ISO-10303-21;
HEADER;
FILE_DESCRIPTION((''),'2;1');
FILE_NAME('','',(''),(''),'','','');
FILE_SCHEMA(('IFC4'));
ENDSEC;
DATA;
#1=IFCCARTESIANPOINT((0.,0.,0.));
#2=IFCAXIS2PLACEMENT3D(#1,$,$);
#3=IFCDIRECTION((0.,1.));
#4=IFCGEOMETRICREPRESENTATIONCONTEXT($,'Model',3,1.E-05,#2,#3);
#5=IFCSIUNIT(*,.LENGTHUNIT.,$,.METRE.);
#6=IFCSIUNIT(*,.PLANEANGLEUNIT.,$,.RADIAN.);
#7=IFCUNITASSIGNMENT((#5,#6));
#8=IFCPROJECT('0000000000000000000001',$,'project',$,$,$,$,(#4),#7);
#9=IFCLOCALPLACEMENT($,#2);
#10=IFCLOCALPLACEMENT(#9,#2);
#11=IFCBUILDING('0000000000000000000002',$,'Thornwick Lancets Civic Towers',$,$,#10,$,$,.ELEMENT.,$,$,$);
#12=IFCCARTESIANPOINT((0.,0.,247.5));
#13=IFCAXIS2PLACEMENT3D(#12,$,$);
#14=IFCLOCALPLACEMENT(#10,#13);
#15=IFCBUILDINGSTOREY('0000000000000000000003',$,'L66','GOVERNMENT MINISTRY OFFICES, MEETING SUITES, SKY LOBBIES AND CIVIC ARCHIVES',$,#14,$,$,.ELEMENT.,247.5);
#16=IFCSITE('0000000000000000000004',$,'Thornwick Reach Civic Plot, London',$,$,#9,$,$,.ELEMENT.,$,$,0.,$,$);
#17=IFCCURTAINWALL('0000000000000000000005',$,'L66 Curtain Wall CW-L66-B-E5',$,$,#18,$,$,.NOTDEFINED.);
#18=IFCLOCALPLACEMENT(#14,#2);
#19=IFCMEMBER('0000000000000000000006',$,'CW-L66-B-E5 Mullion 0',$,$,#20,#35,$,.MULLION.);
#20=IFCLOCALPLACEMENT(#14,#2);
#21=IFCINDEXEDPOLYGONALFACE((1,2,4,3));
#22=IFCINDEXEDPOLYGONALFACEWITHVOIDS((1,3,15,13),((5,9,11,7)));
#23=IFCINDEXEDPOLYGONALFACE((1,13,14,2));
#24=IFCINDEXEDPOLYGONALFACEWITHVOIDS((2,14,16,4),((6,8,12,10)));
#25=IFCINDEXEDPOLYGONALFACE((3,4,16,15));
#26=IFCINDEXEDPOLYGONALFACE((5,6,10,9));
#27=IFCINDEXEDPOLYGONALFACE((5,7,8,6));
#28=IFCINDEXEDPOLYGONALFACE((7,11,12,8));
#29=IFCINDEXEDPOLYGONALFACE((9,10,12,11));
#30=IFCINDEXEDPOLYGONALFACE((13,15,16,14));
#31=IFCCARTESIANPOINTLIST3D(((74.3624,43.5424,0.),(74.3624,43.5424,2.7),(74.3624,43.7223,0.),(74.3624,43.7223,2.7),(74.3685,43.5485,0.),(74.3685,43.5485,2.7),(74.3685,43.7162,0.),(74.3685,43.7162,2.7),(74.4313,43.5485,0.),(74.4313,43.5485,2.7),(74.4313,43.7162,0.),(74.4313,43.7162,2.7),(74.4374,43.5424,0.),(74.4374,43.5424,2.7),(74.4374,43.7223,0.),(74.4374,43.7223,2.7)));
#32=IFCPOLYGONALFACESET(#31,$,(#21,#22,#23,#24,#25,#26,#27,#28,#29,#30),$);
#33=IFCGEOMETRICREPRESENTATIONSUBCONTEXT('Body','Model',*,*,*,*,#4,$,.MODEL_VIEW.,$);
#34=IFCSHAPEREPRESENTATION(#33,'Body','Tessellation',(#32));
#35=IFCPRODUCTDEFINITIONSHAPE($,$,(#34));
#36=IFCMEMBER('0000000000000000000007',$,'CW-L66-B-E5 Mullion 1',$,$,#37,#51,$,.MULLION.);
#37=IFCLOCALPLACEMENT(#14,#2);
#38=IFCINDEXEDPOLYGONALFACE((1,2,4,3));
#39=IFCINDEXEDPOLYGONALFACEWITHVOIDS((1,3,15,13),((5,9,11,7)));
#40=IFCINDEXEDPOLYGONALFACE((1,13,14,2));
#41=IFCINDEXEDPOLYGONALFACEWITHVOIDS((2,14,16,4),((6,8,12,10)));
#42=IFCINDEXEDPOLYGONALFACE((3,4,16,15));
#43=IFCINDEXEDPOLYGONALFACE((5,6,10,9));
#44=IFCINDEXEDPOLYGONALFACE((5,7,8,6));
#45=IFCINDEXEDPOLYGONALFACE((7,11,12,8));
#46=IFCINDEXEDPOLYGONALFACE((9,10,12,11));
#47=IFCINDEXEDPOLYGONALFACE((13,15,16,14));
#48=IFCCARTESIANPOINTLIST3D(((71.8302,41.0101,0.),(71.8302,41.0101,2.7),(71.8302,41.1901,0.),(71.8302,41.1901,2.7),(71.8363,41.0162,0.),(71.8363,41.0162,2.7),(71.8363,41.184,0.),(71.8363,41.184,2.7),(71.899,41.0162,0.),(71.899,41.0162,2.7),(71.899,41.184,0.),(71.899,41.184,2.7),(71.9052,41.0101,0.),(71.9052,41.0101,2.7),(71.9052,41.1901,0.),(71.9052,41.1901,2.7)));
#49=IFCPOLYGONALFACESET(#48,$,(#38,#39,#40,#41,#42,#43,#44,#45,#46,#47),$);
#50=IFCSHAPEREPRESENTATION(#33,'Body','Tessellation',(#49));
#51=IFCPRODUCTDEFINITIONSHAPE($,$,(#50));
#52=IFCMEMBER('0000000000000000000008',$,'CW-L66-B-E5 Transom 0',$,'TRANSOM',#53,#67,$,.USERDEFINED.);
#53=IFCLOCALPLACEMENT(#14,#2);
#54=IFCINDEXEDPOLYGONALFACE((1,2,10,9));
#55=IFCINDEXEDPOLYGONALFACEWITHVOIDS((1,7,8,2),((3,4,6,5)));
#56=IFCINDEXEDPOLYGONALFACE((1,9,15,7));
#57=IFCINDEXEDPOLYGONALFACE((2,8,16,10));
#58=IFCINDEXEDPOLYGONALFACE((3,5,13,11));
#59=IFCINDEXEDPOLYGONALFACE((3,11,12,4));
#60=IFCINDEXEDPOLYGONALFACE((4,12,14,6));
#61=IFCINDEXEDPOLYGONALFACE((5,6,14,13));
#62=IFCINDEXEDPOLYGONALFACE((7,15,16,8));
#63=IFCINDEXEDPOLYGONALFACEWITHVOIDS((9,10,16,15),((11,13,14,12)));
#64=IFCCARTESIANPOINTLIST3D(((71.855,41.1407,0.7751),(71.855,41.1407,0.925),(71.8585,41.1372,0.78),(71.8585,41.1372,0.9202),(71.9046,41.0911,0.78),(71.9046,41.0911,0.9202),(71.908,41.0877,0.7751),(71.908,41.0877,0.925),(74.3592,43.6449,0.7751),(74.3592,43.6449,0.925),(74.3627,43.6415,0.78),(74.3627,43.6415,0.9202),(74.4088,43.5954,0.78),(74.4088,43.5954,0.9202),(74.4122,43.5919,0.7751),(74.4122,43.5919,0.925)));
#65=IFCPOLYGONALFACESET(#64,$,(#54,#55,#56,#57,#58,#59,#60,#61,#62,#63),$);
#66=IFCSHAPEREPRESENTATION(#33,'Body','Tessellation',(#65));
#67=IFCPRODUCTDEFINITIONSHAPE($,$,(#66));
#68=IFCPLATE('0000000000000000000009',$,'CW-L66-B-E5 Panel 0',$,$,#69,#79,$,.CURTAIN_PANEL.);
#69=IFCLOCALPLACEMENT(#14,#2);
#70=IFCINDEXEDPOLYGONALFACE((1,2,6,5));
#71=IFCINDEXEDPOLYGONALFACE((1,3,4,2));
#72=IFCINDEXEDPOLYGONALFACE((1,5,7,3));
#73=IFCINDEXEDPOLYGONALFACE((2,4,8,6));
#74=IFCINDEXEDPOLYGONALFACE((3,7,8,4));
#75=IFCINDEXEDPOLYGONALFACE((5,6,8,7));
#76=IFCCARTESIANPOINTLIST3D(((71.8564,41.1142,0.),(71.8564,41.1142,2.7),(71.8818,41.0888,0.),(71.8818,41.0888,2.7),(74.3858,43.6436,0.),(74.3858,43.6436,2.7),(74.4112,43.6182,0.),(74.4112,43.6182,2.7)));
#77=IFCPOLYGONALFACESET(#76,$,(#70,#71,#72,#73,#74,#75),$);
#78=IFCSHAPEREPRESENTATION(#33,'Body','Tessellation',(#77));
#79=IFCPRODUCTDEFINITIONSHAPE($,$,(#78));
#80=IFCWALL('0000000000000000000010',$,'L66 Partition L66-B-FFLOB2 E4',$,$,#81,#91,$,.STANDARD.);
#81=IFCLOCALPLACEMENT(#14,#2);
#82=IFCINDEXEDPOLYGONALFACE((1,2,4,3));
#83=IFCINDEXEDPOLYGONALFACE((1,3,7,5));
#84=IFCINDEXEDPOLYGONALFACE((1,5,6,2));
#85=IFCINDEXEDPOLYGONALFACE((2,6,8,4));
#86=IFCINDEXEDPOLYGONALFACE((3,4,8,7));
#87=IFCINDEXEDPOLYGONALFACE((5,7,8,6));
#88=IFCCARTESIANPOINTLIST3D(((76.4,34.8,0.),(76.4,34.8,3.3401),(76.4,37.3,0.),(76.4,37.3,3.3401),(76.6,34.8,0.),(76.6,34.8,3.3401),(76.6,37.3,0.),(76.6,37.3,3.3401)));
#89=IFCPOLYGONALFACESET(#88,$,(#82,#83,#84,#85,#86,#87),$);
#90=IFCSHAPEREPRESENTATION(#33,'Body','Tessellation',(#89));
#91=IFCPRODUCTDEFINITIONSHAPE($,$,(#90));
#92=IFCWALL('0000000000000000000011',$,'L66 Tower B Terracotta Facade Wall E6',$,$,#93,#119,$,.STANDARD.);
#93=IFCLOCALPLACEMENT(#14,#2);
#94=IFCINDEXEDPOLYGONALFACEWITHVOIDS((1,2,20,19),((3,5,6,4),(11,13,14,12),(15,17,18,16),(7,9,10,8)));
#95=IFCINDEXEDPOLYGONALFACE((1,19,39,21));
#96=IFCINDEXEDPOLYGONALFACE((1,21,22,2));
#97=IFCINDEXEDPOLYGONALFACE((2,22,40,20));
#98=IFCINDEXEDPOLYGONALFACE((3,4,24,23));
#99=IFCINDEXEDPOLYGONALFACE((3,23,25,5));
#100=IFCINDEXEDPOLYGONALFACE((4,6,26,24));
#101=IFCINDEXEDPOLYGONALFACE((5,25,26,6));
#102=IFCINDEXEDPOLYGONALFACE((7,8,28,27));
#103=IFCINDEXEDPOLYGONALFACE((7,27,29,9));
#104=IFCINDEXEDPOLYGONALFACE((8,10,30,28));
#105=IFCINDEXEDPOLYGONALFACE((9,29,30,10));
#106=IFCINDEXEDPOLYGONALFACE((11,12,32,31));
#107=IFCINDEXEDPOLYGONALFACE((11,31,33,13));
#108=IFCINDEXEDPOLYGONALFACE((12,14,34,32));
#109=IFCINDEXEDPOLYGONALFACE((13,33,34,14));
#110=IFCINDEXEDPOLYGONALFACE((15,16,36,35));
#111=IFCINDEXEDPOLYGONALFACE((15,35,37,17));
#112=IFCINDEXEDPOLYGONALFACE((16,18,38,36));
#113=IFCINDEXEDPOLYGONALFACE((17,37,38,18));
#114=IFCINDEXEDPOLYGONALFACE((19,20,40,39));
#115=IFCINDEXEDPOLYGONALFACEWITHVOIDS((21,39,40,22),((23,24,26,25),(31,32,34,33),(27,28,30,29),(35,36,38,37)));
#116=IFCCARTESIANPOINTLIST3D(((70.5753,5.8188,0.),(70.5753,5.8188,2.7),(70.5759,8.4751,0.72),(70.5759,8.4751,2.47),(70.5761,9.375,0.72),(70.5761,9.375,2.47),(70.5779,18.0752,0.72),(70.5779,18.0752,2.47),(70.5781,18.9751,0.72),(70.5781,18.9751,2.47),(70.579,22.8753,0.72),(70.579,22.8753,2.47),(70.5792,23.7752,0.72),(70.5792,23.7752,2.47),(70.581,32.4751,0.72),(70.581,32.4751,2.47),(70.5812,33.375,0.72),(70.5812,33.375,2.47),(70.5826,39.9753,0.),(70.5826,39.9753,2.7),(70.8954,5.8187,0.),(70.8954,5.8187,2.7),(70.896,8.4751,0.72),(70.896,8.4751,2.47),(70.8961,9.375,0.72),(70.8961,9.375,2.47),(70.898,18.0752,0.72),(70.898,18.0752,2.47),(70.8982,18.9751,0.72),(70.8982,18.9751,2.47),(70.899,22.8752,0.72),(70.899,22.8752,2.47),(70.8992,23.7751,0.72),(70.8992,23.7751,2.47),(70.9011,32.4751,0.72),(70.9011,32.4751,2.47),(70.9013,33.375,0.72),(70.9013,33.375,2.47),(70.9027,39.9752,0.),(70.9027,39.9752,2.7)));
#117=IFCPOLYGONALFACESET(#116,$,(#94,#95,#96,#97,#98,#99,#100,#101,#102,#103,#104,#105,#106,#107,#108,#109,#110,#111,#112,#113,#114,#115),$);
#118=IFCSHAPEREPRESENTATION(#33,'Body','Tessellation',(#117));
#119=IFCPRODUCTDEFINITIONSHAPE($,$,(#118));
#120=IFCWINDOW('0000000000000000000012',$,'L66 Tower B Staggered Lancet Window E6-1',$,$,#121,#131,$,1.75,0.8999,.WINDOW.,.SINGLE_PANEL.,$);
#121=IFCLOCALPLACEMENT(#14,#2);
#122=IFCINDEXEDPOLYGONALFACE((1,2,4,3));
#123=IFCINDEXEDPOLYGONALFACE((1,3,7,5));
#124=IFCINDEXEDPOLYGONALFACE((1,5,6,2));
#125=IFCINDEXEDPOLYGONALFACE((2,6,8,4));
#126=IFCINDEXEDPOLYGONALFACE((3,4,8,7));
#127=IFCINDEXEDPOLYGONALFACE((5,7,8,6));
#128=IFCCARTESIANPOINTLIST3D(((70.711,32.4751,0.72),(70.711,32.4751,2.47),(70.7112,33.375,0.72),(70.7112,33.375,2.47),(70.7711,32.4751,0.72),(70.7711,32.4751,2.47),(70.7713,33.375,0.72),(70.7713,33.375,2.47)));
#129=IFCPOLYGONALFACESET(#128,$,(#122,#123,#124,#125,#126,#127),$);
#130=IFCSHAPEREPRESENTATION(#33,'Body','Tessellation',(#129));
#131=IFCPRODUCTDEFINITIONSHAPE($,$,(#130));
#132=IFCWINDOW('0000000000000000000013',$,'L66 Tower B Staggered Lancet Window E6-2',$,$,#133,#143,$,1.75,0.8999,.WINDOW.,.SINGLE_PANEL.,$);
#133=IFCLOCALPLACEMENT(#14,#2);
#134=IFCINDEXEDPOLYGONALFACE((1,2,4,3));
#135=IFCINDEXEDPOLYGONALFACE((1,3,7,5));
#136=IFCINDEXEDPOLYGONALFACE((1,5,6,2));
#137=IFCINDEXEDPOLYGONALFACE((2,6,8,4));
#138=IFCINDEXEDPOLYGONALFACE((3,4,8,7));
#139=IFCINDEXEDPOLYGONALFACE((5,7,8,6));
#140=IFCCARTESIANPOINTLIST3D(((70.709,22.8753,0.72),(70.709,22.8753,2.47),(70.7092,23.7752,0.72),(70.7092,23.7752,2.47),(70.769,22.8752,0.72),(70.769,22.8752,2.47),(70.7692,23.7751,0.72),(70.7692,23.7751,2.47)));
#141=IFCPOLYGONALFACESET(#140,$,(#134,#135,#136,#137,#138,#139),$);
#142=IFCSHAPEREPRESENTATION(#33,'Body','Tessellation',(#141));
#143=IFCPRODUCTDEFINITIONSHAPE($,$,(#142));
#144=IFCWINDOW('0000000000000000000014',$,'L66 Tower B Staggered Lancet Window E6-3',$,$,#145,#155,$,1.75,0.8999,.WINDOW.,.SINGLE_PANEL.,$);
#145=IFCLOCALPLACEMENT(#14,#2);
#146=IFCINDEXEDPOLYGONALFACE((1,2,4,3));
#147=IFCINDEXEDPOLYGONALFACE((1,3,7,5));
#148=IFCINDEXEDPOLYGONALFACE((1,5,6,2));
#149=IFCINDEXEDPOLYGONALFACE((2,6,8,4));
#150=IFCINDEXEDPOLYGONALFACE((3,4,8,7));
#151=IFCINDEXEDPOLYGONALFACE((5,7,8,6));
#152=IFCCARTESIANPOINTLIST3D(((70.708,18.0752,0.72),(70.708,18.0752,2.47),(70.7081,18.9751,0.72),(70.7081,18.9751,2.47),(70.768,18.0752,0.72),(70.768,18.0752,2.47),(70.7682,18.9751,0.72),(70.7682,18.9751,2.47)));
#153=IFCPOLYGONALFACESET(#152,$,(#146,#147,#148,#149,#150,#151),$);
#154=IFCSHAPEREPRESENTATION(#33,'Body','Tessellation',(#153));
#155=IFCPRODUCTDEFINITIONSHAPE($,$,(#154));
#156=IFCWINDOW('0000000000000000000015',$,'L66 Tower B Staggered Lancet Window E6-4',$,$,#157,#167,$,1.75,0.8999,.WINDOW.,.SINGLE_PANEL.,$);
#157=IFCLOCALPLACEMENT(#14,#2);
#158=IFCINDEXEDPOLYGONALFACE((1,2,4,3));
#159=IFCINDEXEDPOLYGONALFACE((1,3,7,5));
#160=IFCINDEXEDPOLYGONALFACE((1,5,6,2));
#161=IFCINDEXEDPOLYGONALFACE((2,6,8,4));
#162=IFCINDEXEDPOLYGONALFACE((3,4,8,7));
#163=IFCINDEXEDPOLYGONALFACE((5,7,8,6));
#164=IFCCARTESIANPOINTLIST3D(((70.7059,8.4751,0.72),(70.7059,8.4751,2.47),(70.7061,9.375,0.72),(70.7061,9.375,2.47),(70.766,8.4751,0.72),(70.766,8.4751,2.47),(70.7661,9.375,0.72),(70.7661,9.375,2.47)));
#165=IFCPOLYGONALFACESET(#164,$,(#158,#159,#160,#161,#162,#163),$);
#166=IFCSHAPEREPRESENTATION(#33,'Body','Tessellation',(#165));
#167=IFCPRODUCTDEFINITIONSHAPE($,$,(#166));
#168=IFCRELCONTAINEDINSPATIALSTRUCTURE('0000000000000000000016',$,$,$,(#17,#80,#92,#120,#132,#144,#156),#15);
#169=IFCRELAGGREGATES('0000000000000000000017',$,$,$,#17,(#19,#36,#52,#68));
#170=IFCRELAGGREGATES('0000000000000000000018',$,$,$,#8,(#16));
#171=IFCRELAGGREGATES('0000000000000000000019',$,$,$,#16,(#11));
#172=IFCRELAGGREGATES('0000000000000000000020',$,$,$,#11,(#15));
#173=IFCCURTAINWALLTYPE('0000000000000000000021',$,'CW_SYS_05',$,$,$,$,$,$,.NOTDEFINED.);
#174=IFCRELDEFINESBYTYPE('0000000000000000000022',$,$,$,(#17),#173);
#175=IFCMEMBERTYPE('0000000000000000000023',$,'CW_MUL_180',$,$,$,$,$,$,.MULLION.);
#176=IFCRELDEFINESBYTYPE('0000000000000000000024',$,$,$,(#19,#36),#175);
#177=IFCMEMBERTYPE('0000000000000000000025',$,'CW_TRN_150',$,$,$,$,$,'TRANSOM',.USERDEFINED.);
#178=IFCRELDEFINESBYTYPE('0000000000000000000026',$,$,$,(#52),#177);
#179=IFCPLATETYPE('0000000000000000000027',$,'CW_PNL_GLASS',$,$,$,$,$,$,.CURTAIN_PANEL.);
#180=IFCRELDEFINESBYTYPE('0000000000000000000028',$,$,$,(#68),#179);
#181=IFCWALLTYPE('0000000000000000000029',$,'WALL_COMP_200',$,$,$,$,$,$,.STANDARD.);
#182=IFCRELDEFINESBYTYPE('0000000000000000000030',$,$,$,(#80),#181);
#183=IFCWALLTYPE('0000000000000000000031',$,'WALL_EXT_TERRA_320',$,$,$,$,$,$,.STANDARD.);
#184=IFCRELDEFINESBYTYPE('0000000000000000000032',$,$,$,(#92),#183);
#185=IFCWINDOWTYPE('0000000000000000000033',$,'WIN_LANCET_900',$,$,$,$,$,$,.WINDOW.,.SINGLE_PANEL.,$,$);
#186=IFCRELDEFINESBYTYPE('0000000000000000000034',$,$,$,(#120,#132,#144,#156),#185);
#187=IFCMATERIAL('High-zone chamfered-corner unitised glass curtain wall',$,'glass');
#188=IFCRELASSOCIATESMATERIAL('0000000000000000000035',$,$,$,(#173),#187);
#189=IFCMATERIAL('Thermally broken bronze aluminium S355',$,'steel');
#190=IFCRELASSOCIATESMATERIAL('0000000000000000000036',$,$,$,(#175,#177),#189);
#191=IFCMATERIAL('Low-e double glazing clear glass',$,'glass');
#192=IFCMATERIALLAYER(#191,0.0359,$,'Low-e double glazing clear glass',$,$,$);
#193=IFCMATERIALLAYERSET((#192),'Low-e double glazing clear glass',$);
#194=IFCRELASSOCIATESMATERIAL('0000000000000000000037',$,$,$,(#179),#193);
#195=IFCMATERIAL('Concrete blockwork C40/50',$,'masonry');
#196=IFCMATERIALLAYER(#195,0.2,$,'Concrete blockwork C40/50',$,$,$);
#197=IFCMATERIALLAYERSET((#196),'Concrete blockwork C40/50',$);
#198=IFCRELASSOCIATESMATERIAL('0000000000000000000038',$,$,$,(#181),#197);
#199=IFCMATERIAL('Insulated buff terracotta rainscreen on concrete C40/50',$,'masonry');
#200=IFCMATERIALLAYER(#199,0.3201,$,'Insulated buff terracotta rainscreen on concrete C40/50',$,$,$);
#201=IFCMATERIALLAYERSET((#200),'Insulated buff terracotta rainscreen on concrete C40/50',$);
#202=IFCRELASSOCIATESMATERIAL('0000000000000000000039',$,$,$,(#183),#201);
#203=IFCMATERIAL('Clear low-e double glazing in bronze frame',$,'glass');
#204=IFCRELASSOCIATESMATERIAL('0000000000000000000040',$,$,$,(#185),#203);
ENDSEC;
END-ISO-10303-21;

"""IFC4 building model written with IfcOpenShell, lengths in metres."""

from ifc_helpers import new_model, si_unit, direction, frame, frame_2d, origin, origin_2d, place, context, subcontext, project, spatial, rectangle, hollow_rectangle, extrude, material, layer, layer_set, material_profile, profile_set, type_object, element, fill, aggregate, save


model = new_model("IFC4")

# Units and contexts
model_context = context("Model", 3, precision=1e-05, world=origin(), true_north=direction((0.0, 1.0)))
body_context = subcontext(model_context, "Body", "Model", "MODEL_VIEW")
ifc_project = project(units=[si_unit("LENGTHUNIT", "METRE"), si_unit("PLANEANGLEUNIT", "RADIAN")], contexts=[model_context])

# Site, building, storey
site_placement = place(None, origin())
site = spatial("IfcSite", under=ifc_project, at=site_placement, Name="Thornwick Reach Civic Plot, London", CompositionType="ELEMENT", RefElevation=0.0)
building_placement = place(site_placement, origin())
building = spatial("IfcBuilding", under=site, at=building_placement, Name="Thornwick Lancets Civic Towers", CompositionType="ELEMENT")
storey_placement = place(building_placement, frame((0.0, 0.0, 247.5)))
storey = spatial("IfcBuildingStorey", under=building, at=storey_placement, Name="L66", Description="GOVERNMENT MINISTRY OFFICES, MEETING SUITES, SKY LOBBIES AND CIVIC ARCHIVES", CompositionType="ELEMENT", Elevation=247.5)

# Curtain wall, members, plate
ifc_material_1 = material(Name="High-zone chamfered-corner unitised glass curtain wall", Category="glass")
curtain_wall_type = type_object("IfcCurtainWallType", Name="CW_SYS_05", PredefinedType="NOTDEFINED", material=ifc_material_1)
curtain_wall_placement = place(storey_placement, origin())
curtain_wall = element("IfcCurtainWall", 1, at=curtain_wall_placement, inside=storey, type_object=curtain_wall_type, Name="L66 Curtain Wall CW-L66-B-E5", PredefinedType="NOTDEFINED")
ifc_material_2 = material(Name="Thermally broken bronze aluminium S355", Category="steel")
ifc_material_profile_1 = material_profile(ifc_material_2, hollow_rectangle(XDim=0.075, YDim=0.1799, WallThickness=0.0061, at=origin_2d()), Name="RHS 180x75x6")
ifc_profile_set_1 = profile_set([ifc_material_profile_1], Name="Thermally broken bronze aluminium S355")
member_type_1 = type_object("IfcMemberType", Name="CW_MUL_180", PredefinedType="MULLION", material=ifc_profile_set_1)
member_1_placement = place(storey_placement, frame((74.3999, 43.6323, 0.0), z_axis=(0.0, 0.0, 1.0), x_axis=(1.0, 0.0, 0.0)))
member_1 = element("IfcMember", 2, at=member_1_placement, type_object=member_type_1, Name="CW-L66-B-E5 Mullion 0", PredefinedType="MULLION", context=body_context, shape_type="SweptSolid", body=[
    extrude(hollow_rectangle(XDim=0.075, YDim=0.1799, WallThickness=0.0061, at=origin_2d()), origin(), (0.0, 0.0, 1.0), 2.7),
])
member_2_placement = place(storey_placement, frame((71.8677, 41.1001, 0.0), z_axis=(0.0, 0.0, 1.0), x_axis=(1.0, 0.0, 0.0)))
member_2 = element("IfcMember", 3, at=member_2_placement, type_object=member_type_1, Name="CW-L66-B-E5 Mullion 1", PredefinedType="MULLION", context=body_context, shape_type="SweptSolid", body=[
    extrude(hollow_rectangle(XDim=0.075, YDim=0.1799, WallThickness=0.0061, at=origin_2d()), origin(), (0.0, 0.0, 1.0), 2.7),
])
ifc_material_profile_2 = material_profile(ifc_material_2, hollow_rectangle(XDim=0.075, YDim=0.1499, WallThickness=0.0049, at=origin_2d()), Name="RHS 150x75x5")
ifc_profile_set_2 = profile_set([ifc_material_profile_2], Name="Thermally broken bronze aluminium S355")
member_type_2 = type_object("IfcMemberType", Name="CW_TRN_150", ElementType="TRANSOM", PredefinedType="USERDEFINED", material=ifc_profile_set_2)
member_3_placement = place(storey_placement, frame((74.3857, 43.6184, 0.8501), z_axis=(-0.707107, -0.707107, 0.0), x_axis=(0.707107, -0.707107, 0.0)))
member_3 = element("IfcMember", 4, at=member_3_placement, type_object=member_type_2, Name="CW-L66-B-E5 Transom 0", ObjectType="TRANSOM", PredefinedType="USERDEFINED", context=body_context, shape_type="SweptSolid", body=[
    extrude(hollow_rectangle(XDim=0.075, YDim=0.1499, WallThickness=0.0049, at=origin_2d()), origin(), (0.0, 0.0, 1.0), 3.5415),
])
ifc_material_3 = material(Name="Low-e double glazing clear glass", Category="glass")
ifc_layer_1 = layer(ifc_material_3, 0.0359, Name="Low-e double glazing clear glass")
ifc_layer_set_1 = layer_set([ifc_layer_1], Name="Low-e double glazing clear glass")
plate_type = type_object("IfcPlateType", Name="CW_PNL_GLASS", PredefinedType="CURTAIN_PANEL", material=ifc_layer_set_1)
plate_placement = place(storey_placement, frame((73.1338, 42.3662, 0.0), z_axis=(0.0, 0.0, 1.0), x_axis=(-0.707107, -0.707107, 0.0)))
plate = element("IfcPlate", 5, at=plate_placement, type_object=plate_type, Name="CW-L66-B-E5 Panel 0", PredefinedType="CURTAIN_PANEL", context=body_context, shape_type="SweptSolid", body=[
    extrude(rectangle(XDim=3.5771, YDim=0.0359, at=origin_2d()), origin(), (0.0, 0.0, 1.0), 2.7),
])
aggregate(curtain_wall, [member_1, member_2, member_3, plate])

# Wall
ifc_material_4 = material(Name="Concrete blockwork C40/50", Category="masonry")
ifc_layer_2 = layer(ifc_material_4, 0.2, Name="Concrete blockwork C40/50")
ifc_layer_set_2 = layer_set([ifc_layer_2], Name="Concrete blockwork C40/50")
wall_type_1 = type_object("IfcWallType", Name="WALL_COMP_200", PredefinedType="STANDARD", material=ifc_layer_set_2)
wall_1_placement = place(storey_placement, frame((76.5, 37.3, 0.0), z_axis=(0.0, 0.0, 1.0), x_axis=(0.0, -1.0, 0.0)))
element("IfcWall", 6, at=wall_1_placement, inside=storey, type_object=wall_type_1, Name="L66 Partition L66-B-FFLOB2 E4", PredefinedType="STANDARD", context=body_context, shape_type="SweptSolid", body=[
    extrude(rectangle(XDim=2.5, YDim=0.2, at=frame_2d((1.25, 0.0))), origin(), (0.0, 0.0, 1.0), 3.3401),
])

# Wall, openings, windows
ifc_material_5 = material(Name="Insulated buff terracotta rainscreen on concrete C40/50", Category="masonry")
ifc_layer_3 = layer(ifc_material_5, 0.3201, Name="Insulated buff terracotta rainscreen on concrete C40/50")
ifc_layer_set_3 = layer_set([ifc_layer_3], Name="Insulated buff terracotta rainscreen on concrete C40/50")
wall_type_2 = type_object("IfcWallType", Name="WALL_EXT_TERRA_320", PredefinedType="STANDARD", material=ifc_layer_set_3)
wall_2_placement = place(storey_placement, frame((70.7427, 39.9751, 0.0), z_axis=(0.0, 0.0, 1.0), x_axis=(-0.000214, -1.0, 0.0)))
wall_2 = element("IfcWall", 7, at=wall_2_placement, inside=storey, type_object=wall_type_2, Name="L66 Tower B Terracotta Facade Wall E6", PredefinedType="STANDARD", context=body_context, shape_type="SweptSolid", body=[
    extrude(rectangle(XDim=34.1565, YDim=0.3201, at=frame_2d((17.0781, 0.0))), origin(), (0.0, 0.0, 1.0), 2.7),
])
opening_1_placement = place(wall_2_placement, frame((6.6001, 0.0, 0.72)))
opening_1 = element("IfcOpeningElement", 8, at=opening_1_placement, cuts=wall_2, PredefinedType="OPENING", context=body_context, shape_type="SweptSolid", body=[
    extrude(rectangle(XDim=0.8999, YDim=1.75, at=frame_2d((0.45, 0.875))), frame((0.0, 0.1699, 0.0), z_axis=(0.0, -1.0, 0.0), x_axis=(1.0, 0.0, 0.0)), (0.0, 0.0, 1.0), 0.3401),
])
opening_2_placement = place(wall_2_placement, frame((16.2, 0.0, 0.72)))
opening_2 = element("IfcOpeningElement", 9, at=opening_2_placement, cuts=wall_2, PredefinedType="OPENING", context=body_context, shape_type="SweptSolid", body=[
    extrude(rectangle(XDim=0.8999, YDim=1.75, at=frame_2d((0.45, 0.875))), frame((0.0, 0.1699, 0.0), z_axis=(0.0, -1.0, 0.0), x_axis=(1.0, 0.0, 0.0)), (0.0, 0.0, 1.0), 0.3401),
])
opening_3_placement = place(wall_2_placement, frame((21.0, 0.0, 0.72)))
opening_3 = element("IfcOpeningElement", 10, at=opening_3_placement, cuts=wall_2, PredefinedType="OPENING", context=body_context, shape_type="SweptSolid", body=[
    extrude(rectangle(XDim=0.8999, YDim=1.75, at=frame_2d((0.45, 0.875))), frame((0.0, 0.1699, 0.0), z_axis=(0.0, -1.0, 0.0), x_axis=(1.0, 0.0, 0.0)), (0.0, 0.0, 1.0), 0.3401),
])
opening_4_placement = place(wall_2_placement, frame((30.6001, 0.0, 0.72)))
opening_4 = element("IfcOpeningElement", 11, at=opening_4_placement, cuts=wall_2, PredefinedType="OPENING", context=body_context, shape_type="SweptSolid", body=[
    extrude(rectangle(XDim=0.8999, YDim=1.75, at=frame_2d((0.45, 0.875))), frame((0.0, 0.1699, 0.0), z_axis=(0.0, -1.0, 0.0), x_axis=(1.0, 0.0, 0.0)), (0.0, 0.0, 1.0), 0.3401),
])
ifc_material_6 = material(Name="Clear low-e double glazing in bronze frame", Category="glass")
window_type = type_object("IfcWindowType", Name="WIN_LANCET_900", PartitioningType="SINGLE_PANEL", PredefinedType="WINDOW", material=ifc_material_6)
window_1_placement = place(opening_1_placement, origin())
window_1 = element("IfcWindow", 12, at=window_1_placement, inside=storey, type_object=window_type, Name="L66 Tower B Staggered Lancet Window E6-1", OverallHeight=1.75, OverallWidth=0.8999, PartitioningType="SINGLE_PANEL", PredefinedType="WINDOW", context=body_context, shape_type="SweptSolid", body=[
    extrude(rectangle(XDim=0.8999, YDim=1.75, at=frame_2d((0.45, 0.875))), frame((0.0, 0.03, 0.0), z_axis=(0.0, -1.0, 0.0), x_axis=(1.0, 0.0, 0.0)), (0.0, 0.0, 1.0), 0.0601),
])
fill(opening_1, window_1)
window_2_placement = place(opening_2_placement, origin())
window_2 = element("IfcWindow", 13, at=window_2_placement, inside=storey, type_object=window_type, Name="L66 Tower B Staggered Lancet Window E6-2", OverallHeight=1.75, OverallWidth=0.8999, PartitioningType="SINGLE_PANEL", PredefinedType="WINDOW", context=body_context, shape_type="SweptSolid", body=[
    extrude(rectangle(XDim=0.8999, YDim=1.75, at=frame_2d((0.45, 0.875))), frame((0.0, 0.03, 0.0), z_axis=(0.0, -1.0, 0.0), x_axis=(1.0, 0.0, 0.0)), (0.0, 0.0, 1.0), 0.0601),
])
fill(opening_2, window_2)
window_3_placement = place(opening_3_placement, origin())
window_3 = element("IfcWindow", 14, at=window_3_placement, inside=storey, type_object=window_type, Name="L66 Tower B Staggered Lancet Window E6-3", OverallHeight=1.75, OverallWidth=0.8999, PartitioningType="SINGLE_PANEL", PredefinedType="WINDOW", context=body_context, shape_type="SweptSolid", body=[
    extrude(rectangle(XDim=0.8999, YDim=1.75, at=frame_2d((0.45, 0.875))), frame((0.0, 0.03, 0.0), z_axis=(0.0, -1.0, 0.0), x_axis=(1.0, 0.0, 0.0)), (0.0, 0.0, 1.0), 0.0601),
])
fill(opening_3, window_3)
window_4_placement = place(opening_4_placement, origin())
window_4 = element("IfcWindow", 15, at=window_4_placement, inside=storey, type_object=window_type, Name="L66 Tower B Staggered Lancet Window E6-4", OverallHeight=1.75, OverallWidth=0.8999, PartitioningType="SINGLE_PANEL", PredefinedType="WINDOW", context=body_context, shape_type="SweptSolid", body=[
    extrude(rectangle(XDim=0.8999, YDim=1.75, at=frame_2d((0.45, 0.875))), frame((0.0, 0.03, 0.0), z_axis=(0.0, -1.0, 0.0), x_axis=(1.0, 0.0, 0.0)), (0.0, 0.0, 1.0), 0.0601),
])
fill(opening_4, window_4)

save(model, "model.ifc")
